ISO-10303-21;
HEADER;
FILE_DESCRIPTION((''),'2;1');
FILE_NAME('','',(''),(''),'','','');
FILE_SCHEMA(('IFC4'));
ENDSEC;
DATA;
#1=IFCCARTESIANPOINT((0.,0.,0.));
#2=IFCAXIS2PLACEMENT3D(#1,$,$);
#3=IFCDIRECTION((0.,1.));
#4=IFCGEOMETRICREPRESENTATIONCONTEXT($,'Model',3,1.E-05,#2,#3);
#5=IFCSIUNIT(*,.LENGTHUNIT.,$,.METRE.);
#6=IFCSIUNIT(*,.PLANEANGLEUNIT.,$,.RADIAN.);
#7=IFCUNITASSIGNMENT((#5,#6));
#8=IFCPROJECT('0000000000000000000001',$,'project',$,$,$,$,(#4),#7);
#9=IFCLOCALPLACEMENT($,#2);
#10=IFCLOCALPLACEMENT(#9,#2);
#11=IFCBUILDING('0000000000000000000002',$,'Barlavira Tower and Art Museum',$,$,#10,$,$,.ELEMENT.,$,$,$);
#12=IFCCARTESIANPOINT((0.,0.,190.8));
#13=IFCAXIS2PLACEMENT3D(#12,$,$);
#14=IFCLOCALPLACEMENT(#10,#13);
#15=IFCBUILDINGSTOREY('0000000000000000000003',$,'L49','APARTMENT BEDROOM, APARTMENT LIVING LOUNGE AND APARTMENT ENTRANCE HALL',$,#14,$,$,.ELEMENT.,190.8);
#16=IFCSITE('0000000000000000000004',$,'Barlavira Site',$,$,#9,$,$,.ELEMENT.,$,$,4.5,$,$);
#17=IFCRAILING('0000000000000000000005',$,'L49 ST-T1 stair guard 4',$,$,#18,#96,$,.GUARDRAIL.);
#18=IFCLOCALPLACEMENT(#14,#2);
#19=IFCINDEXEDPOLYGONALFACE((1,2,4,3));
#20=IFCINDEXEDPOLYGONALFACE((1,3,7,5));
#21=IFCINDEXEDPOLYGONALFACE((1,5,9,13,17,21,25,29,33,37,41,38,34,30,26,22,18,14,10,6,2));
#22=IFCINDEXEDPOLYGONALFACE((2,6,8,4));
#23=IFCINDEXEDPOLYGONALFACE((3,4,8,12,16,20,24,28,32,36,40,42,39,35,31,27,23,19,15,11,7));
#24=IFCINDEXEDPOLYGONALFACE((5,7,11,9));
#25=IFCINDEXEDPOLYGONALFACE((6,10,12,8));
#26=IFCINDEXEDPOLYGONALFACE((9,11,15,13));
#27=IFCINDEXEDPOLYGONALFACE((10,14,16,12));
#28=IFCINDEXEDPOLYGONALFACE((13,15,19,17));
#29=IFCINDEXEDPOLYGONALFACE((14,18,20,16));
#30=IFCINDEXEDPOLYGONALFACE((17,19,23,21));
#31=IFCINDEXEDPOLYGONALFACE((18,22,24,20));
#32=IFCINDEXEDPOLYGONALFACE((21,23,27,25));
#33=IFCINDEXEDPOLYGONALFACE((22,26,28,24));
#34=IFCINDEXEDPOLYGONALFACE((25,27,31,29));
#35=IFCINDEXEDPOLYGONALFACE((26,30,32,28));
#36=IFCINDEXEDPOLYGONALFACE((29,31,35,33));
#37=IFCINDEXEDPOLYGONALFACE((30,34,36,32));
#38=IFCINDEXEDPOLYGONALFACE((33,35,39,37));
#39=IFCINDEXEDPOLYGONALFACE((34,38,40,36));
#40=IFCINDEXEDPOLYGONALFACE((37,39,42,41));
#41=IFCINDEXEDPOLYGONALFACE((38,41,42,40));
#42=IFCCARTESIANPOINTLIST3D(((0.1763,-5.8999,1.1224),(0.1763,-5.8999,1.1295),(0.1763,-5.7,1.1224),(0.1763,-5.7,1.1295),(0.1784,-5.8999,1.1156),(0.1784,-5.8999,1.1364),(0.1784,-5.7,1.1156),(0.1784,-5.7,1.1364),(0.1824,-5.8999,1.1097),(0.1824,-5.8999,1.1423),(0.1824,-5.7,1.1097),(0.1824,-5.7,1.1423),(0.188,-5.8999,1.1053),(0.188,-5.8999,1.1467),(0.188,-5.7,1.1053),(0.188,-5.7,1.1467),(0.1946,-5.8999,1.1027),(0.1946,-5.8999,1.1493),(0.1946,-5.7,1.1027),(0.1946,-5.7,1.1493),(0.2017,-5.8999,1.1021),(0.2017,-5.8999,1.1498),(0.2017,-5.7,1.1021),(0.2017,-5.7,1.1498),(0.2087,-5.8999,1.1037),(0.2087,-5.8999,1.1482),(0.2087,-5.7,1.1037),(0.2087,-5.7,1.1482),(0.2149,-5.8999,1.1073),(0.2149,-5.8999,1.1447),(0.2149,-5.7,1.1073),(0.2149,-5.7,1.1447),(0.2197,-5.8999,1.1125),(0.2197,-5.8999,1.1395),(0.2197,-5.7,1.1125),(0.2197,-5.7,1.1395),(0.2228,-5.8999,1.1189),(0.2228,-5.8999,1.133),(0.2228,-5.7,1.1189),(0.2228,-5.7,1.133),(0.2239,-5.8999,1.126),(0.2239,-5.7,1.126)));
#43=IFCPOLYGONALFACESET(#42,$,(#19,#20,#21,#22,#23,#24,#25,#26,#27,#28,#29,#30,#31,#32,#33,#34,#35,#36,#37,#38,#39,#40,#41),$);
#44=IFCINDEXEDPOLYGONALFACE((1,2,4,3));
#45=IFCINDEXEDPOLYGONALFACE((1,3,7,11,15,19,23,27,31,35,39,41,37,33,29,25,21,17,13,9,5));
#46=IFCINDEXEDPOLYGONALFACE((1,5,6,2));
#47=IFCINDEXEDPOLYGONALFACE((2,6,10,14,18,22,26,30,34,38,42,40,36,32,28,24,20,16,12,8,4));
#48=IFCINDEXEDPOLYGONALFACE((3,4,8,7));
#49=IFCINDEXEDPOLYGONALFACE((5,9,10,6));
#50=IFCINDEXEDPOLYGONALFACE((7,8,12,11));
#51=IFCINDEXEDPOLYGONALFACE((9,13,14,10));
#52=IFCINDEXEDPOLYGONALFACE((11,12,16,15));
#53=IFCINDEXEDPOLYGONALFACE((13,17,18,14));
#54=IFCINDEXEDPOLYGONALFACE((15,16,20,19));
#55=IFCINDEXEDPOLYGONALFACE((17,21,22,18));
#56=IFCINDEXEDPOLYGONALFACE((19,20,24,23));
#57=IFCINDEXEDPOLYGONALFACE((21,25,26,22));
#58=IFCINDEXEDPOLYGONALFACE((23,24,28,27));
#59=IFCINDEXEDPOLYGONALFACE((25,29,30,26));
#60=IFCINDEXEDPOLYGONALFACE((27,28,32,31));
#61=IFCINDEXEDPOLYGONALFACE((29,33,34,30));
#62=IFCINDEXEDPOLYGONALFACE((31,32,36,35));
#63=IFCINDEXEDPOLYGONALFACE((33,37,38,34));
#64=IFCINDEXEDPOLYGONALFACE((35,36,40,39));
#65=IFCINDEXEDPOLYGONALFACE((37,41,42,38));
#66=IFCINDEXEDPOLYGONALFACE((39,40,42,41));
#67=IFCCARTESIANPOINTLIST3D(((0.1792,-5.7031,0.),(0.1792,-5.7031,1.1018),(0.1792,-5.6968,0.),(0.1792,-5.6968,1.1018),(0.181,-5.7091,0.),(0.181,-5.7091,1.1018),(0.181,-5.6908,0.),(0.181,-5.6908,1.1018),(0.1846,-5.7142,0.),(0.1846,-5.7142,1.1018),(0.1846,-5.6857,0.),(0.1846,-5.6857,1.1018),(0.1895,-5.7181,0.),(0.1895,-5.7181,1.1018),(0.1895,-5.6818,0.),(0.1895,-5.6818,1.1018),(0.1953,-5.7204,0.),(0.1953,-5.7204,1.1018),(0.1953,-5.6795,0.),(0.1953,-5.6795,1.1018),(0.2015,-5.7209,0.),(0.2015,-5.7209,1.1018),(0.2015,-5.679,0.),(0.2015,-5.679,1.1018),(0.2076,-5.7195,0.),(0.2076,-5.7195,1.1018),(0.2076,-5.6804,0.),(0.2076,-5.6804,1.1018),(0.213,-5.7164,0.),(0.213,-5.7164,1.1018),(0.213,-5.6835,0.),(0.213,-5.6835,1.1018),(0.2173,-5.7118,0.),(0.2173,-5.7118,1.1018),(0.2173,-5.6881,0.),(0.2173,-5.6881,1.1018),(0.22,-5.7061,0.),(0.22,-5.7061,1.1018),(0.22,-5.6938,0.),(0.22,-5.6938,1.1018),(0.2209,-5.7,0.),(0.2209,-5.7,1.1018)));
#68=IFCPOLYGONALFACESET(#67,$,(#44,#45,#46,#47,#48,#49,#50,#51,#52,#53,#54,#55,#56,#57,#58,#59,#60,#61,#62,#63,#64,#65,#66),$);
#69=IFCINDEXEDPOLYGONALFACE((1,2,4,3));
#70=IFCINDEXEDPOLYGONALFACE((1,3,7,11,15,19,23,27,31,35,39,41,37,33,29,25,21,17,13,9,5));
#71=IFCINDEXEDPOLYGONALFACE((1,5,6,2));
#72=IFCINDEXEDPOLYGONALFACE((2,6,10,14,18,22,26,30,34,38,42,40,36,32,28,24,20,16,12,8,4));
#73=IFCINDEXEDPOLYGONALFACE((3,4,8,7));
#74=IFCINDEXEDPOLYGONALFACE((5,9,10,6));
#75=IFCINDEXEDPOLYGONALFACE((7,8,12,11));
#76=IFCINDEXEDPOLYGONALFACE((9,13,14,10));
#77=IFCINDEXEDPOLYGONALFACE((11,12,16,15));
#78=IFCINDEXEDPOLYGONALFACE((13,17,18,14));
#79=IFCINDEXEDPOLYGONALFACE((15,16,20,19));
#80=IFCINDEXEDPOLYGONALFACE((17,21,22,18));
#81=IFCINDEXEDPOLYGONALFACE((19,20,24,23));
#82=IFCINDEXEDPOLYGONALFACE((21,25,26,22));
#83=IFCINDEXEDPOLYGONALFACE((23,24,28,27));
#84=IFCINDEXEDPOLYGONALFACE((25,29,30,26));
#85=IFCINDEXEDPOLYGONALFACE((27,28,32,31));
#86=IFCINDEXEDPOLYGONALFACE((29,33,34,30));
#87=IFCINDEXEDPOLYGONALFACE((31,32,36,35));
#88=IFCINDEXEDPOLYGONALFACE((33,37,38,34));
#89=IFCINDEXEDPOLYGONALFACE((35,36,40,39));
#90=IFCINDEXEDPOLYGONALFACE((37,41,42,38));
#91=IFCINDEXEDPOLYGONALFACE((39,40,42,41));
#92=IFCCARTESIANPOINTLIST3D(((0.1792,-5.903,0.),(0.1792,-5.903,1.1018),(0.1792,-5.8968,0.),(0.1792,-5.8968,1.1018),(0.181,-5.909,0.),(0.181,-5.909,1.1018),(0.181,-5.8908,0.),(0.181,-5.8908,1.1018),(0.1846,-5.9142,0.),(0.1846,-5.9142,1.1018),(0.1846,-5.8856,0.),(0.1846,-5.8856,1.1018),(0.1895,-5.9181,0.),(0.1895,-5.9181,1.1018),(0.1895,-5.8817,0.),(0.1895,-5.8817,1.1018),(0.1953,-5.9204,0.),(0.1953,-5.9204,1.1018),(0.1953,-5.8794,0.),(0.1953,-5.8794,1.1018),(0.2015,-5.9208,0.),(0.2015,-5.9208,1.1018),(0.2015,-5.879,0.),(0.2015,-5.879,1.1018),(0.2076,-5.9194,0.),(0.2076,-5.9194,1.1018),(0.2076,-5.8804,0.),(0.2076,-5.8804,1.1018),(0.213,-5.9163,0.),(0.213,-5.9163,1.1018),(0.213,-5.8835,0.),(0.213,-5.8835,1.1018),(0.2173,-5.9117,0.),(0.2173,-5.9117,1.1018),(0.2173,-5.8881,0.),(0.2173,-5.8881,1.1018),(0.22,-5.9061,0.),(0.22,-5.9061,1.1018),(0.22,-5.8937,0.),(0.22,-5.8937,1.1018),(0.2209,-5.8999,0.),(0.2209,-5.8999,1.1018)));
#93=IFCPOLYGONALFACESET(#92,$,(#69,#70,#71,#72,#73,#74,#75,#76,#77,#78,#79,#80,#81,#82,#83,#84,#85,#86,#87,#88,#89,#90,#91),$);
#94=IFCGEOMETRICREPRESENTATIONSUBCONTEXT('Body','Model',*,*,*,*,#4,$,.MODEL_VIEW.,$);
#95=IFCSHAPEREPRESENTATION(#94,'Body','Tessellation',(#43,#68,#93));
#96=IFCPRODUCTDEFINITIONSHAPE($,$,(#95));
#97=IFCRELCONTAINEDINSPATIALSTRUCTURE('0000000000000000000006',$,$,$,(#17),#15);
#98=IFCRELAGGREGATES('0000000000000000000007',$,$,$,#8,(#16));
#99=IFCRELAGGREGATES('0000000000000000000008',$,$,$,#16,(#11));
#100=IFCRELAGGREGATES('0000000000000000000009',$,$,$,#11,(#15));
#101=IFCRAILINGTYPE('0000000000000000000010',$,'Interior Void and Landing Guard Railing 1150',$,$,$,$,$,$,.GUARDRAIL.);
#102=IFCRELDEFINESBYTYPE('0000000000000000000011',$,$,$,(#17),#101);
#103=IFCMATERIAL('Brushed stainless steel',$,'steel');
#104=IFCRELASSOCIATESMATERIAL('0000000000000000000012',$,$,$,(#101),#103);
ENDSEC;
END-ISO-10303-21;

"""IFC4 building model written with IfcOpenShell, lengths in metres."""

from ifc_helpers import new_model, si_unit, direction, frame, origin, origin_2d, place, context, subcontext, project, spatial, circle, extrude, material, type_object, element, save


model = new_model("IFC4")

# Units and contexts
model_context = context("Model", 3, precision=1e-05, world=origin(), true_north=direction((0.0, 1.0)))
body_context = subcontext(model_context, "Body", "Model", "MODEL_VIEW")
ifc_project = project(units=[si_unit("LENGTHUNIT", "METRE"), si_unit("PLANEANGLEUNIT", "RADIAN")], contexts=[model_context])

# Site, building, storey
site_placement = place(None, origin())
site = spatial("IfcSite", under=ifc_project, at=site_placement, Name="Barlavira Site", CompositionType="ELEMENT", RefElevation=4.5)
building_placement = place(site_placement, origin())
building = spatial("IfcBuilding", under=site, at=building_placement, Name="Barlavira Tower and Art Museum", CompositionType="ELEMENT")
storey_placement = place(building_placement, frame((0.0, 0.0, 190.8)))
storey = spatial("IfcBuildingStorey", under=building, at=storey_placement, Name="L49", Description="APARTMENT BEDROOM, APARTMENT LIVING LOUNGE AND APARTMENT ENTRANCE HALL", CompositionType="ELEMENT", Elevation=190.8)

# Shared definitions
ifc_material_1 = material(Name="Brushed stainless steel", Category="steel")

# Railing
railing_type_1 = type_object("IfcRailingType", Name="Interior Void and Landing Guard Railing 1150", PredefinedType="GUARDRAIL", material=ifc_material_1)
railing_1_placement = place(storey_placement, frame((0.2, -5.7, 0.0)))
element("IfcRailing", 1, at=railing_1_placement, inside=storey, type_object=railing_type_1, Name="L49 ST-T1 stair guard 4", PredefinedType="GUARDRAIL", context=body_context, shape_type="SweptSolid", body=[
    extrude(circle(Radius=0.0239, at=origin_2d()), frame((0.0, 0.0, 1.126), z_axis=(0.0, -1.0, 0.0), x_axis=(1.0, 0.0, 0.0)), (0.0, 0.0, 1.0), 0.2),
    extrude(circle(Radius=0.021, at=origin_2d()), origin(), (0.0, 0.0, 1.0), 1.1018),
    extrude(circle(Radius=0.021, at=origin_2d()), frame((0.0, -0.2, 0.0)), (0.0, 0.0, 1.0), 1.1018),
])

save(model, "model.ifc")
